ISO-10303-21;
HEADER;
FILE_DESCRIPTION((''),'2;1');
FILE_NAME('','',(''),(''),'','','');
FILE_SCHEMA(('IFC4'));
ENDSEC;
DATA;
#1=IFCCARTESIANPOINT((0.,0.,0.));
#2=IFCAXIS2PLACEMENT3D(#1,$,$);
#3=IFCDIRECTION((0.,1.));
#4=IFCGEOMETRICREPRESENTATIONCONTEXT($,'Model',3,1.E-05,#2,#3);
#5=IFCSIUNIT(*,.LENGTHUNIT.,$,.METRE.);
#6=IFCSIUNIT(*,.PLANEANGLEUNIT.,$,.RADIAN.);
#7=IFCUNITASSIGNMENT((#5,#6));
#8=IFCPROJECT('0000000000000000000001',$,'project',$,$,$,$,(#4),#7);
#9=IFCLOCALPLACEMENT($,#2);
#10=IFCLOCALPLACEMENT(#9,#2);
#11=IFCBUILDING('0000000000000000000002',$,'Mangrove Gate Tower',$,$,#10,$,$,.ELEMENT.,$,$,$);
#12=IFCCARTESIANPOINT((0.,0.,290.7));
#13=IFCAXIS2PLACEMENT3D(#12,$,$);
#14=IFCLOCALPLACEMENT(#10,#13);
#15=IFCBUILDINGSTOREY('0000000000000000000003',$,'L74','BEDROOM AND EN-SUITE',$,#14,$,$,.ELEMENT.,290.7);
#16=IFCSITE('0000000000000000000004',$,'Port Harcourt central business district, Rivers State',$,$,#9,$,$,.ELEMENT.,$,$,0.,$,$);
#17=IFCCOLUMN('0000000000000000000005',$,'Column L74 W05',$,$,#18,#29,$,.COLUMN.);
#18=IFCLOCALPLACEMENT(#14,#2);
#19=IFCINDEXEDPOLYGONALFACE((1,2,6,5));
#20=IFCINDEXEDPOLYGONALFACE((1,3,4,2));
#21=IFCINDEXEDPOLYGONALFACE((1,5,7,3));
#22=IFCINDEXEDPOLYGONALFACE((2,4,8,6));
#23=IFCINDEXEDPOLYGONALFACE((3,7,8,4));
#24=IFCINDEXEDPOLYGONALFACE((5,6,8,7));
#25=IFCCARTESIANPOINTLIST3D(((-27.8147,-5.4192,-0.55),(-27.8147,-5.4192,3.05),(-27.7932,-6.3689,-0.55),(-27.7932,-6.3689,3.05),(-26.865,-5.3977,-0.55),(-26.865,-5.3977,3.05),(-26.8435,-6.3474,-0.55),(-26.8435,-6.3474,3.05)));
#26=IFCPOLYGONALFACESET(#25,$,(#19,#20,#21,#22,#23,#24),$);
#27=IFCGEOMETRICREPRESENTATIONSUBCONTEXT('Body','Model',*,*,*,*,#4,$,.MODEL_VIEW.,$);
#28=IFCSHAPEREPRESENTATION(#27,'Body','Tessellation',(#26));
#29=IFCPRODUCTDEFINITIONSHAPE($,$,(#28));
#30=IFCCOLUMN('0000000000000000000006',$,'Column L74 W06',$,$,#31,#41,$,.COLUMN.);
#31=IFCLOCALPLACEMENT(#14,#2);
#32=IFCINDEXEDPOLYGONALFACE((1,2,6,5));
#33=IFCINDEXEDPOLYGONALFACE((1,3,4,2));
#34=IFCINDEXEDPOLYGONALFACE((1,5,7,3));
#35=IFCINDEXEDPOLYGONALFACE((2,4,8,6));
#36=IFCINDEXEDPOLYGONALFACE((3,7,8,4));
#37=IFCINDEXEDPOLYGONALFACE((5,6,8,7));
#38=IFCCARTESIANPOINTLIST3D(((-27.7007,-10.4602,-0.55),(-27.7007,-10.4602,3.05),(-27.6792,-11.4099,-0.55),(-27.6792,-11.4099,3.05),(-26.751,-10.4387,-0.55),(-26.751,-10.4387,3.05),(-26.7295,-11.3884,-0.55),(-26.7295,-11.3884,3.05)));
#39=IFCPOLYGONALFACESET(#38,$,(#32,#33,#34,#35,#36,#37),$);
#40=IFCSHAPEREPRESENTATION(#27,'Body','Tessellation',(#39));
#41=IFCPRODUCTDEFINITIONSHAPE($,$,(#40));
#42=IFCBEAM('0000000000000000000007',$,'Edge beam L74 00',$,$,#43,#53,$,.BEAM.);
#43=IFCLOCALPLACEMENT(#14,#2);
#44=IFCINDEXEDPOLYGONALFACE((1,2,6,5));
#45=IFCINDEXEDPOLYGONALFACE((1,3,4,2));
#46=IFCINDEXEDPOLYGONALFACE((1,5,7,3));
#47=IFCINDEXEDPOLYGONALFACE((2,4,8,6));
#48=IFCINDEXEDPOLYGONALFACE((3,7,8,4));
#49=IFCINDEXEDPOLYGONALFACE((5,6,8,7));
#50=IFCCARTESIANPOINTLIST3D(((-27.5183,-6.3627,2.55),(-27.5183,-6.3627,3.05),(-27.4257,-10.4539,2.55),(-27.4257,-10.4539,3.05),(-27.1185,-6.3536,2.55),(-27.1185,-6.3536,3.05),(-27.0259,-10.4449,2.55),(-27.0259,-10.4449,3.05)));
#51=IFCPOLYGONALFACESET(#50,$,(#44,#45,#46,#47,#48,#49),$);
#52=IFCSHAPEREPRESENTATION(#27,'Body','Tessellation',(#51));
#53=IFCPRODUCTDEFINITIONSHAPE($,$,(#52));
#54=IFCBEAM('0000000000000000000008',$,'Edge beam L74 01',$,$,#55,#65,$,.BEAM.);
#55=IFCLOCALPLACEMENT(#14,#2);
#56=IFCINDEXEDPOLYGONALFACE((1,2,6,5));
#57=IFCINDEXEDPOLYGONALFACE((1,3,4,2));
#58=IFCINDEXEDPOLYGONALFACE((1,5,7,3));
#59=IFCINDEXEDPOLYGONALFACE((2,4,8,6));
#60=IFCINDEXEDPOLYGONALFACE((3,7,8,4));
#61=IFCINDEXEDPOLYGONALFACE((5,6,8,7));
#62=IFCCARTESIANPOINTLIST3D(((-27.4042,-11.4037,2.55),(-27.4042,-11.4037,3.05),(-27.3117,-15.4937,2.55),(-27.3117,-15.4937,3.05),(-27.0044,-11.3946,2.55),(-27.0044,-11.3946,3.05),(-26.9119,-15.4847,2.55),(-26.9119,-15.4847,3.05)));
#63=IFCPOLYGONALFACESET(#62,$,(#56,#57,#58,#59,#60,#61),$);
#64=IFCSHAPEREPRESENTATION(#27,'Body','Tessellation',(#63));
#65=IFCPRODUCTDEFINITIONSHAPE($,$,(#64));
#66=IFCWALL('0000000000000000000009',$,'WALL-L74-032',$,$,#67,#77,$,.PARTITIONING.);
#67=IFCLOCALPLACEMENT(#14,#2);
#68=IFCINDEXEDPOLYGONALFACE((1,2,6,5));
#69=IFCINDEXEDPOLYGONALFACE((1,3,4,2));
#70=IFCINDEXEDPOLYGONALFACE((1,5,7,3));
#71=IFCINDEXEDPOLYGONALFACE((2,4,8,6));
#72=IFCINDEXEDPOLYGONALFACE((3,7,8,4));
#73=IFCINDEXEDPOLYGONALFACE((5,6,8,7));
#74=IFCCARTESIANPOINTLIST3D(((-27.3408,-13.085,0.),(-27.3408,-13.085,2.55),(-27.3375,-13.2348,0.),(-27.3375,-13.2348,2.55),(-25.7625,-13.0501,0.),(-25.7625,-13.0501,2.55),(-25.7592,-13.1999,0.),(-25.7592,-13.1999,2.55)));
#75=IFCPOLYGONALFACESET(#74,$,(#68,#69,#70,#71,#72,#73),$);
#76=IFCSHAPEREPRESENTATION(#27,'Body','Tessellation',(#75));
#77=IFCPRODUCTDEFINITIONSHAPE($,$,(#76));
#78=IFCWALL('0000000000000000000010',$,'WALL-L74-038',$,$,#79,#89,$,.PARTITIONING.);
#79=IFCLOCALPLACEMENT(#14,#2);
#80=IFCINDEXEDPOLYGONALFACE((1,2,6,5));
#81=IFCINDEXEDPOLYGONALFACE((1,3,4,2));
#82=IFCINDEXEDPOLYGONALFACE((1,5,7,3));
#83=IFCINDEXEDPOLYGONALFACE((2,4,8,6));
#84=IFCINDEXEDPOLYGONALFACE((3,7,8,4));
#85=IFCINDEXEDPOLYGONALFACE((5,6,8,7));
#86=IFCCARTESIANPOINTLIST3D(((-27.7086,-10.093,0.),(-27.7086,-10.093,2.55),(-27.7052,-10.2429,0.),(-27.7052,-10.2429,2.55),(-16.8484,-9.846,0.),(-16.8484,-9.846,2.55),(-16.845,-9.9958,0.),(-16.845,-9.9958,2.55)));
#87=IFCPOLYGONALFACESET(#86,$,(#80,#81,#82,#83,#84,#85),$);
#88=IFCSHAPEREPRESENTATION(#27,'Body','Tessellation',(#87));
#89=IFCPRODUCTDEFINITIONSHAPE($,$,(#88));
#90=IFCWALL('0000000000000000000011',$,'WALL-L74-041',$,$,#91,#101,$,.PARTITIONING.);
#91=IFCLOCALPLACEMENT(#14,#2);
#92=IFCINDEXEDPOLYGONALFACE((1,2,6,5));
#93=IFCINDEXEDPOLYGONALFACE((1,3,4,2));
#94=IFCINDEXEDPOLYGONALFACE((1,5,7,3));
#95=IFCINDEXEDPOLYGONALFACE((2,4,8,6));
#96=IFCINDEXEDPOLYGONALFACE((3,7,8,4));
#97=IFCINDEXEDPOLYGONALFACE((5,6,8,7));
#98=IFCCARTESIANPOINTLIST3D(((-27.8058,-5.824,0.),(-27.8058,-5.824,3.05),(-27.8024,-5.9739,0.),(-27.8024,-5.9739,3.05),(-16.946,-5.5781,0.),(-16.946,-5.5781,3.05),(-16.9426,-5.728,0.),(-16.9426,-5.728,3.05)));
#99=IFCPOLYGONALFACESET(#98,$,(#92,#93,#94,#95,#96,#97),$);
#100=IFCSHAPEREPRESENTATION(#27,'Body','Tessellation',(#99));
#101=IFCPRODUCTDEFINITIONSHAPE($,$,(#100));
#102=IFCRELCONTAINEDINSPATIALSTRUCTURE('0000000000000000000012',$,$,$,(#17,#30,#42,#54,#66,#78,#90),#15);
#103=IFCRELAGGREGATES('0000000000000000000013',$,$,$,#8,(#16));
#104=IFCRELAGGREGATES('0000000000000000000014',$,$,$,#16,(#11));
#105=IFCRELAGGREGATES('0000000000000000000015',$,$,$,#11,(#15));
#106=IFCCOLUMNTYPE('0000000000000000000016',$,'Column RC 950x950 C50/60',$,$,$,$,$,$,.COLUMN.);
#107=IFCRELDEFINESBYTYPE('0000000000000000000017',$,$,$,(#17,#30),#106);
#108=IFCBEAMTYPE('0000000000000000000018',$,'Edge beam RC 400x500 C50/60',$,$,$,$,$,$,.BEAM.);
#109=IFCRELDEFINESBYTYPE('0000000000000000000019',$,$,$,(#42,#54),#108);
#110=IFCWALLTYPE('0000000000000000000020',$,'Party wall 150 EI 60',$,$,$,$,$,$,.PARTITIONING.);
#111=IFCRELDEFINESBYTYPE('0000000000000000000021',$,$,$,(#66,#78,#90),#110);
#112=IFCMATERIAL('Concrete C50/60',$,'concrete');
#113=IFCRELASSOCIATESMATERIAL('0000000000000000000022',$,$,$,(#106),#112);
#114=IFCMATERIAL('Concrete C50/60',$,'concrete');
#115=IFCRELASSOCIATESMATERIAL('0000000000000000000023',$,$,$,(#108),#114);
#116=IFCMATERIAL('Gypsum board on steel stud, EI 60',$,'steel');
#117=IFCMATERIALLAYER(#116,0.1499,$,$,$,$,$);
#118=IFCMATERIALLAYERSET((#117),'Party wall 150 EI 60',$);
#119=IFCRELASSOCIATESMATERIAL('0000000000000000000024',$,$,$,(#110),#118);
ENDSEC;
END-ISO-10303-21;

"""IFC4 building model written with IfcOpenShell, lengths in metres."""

from ifc_helpers import new_model, si_unit, direction, frame, frame_2d, origin, origin_2d, place, context, subcontext, project, spatial, rectangle, extrude, material, layer, layer_set, material_profile, profile_set, type_object, element, save


model = new_model("IFC4")

# Units and contexts
model_context = context("Model", 3, precision=1e-05, world=origin(), true_north=direction((0.0, 1.0)))
body_context = subcontext(model_context, "Body", "Model", "MODEL_VIEW")
ifc_project = project(units=[si_unit("LENGTHUNIT", "METRE"), si_unit("PLANEANGLEUNIT", "RADIAN")], contexts=[model_context])

# Site, building, storey
site_placement = place(None, origin())
site = spatial("IfcSite", under=ifc_project, at=site_placement, Name="Port Harcourt central business district, Rivers State", CompositionType="ELEMENT", RefElevation=0.0)
building_placement = place(site_placement, origin())
building = spatial("IfcBuilding", under=site, at=building_placement, Name="Mangrove Gate Tower", CompositionType="ELEMENT")
storey_placement = place(building_placement, frame((0.0, 0.0, 290.7)))
storey = spatial("IfcBuildingStorey", under=building, at=storey_placement, Name="L74", Description="BEDROOM AND EN-SUITE", CompositionType="ELEMENT", Elevation=290.7)

# Columns
ifc_material_1 = material(Name="Concrete C50/60", Category="concrete")
ifc_material_profile_1 = material_profile(ifc_material_1, rectangle(XDim=0.95, YDim=0.95, at=origin_2d()))
ifc_profile_set_1 = profile_set([ifc_material_profile_1], Name="Concrete C50/60")
column_type = type_object("IfcColumnType", Name="Column RC 950x950 C50/60", PredefinedType="COLUMN", material=ifc_profile_set_1)
for number, where, z_axis, x_axis, name in (
    (1, (-27.3291, -5.8833, -0.55), (0.0, 0.0, 1.0), (0.022668, -0.999743, 0.0), "Column L74 W05"),
    (2, (-27.2151, -10.9243, -0.55), (0.0, 0.0, 1.0), (0.022611, -0.999744, 0.0), "Column L74 W06"),
):
    element("IfcColumn", number, at=place(storey_placement, frame(where, z_axis=z_axis, x_axis=x_axis)), inside=storey, type_object=column_type, Name=name, PredefinedType="COLUMN", context=body_context, shape_type="SweptSolid", body=[
        extrude(rectangle(XDim=0.95, YDim=0.95, at=origin_2d()), origin(), (0.0, 0.0, 1.0), 3.6001),
    ])

# Beams
ifc_material_2 = material(Name="Concrete C50/60", Category="concrete")
ifc_material_profile_2 = material_profile(ifc_material_2, rectangle(XDim=0.3999, YDim=0.5, at=origin_2d()))
ifc_profile_set_2 = profile_set([ifc_material_profile_2], Name="Concrete C50/60")
beam_type = type_object("IfcBeamType", Name="Edge beam RC 400x500 C50/60", PredefinedType="BEAM", material=ifc_profile_set_2)
beam_1_placement = place(storey_placement, frame((-27.3184, -6.3582, 2.8), z_axis=(0.02261, -0.999744, 0.0), x_axis=(0.999744, 0.02261, 0.0)))
element("IfcBeam", 3, at=beam_1_placement, inside=storey, type_object=beam_type, Name="Edge beam L74 00", PredefinedType="BEAM", context=body_context, shape_type="SweptSolid", body=[
    extrude(rectangle(XDim=0.3999, YDim=0.5, at=origin_2d()), origin(), (0.0, 0.0, 1.0), 4.0923),
])
beam_2_placement = place(storey_placement, frame((-27.2043, -11.3992, 2.8), z_axis=(0.022617, -0.999744, 0.0), x_axis=(0.999744, 0.022617, 0.0)))
element("IfcBeam", 4, at=beam_2_placement, inside=storey, type_object=beam_type, Name="Edge beam L74 01", PredefinedType="BEAM", context=body_context, shape_type="SweptSolid", body=[
    extrude(rectangle(XDim=0.3999, YDim=0.5, at=origin_2d()), origin(), (0.0, 0.0, 1.0), 4.0911),
])

# Walls
ifc_material_3 = material(Name="Gypsum board on steel stud, EI 60", Category="steel")
ifc_layer_1 = layer(ifc_material_3, 0.1499)
ifc_layer_set_1 = layer_set([ifc_layer_1], Name="Party wall 150 EI 60")
wall_type_1 = type_object("IfcWallType", Name="Party wall 150 EI 60", PredefinedType="PARTITIONING", material=ifc_layer_set_1)
wall_1_placement = place(storey_placement, frame((-27.3391, -13.1599, 0.0), z_axis=(0.0, 0.0, 1.0), x_axis=(0.999755, 0.022117, 0.0)))
element("IfcWall", 5, at=wall_1_placement, inside=storey, type_object=wall_type_1, Name="WALL-L74-032", PredefinedType="PARTITIONING", context=body_context, shape_type="SweptSolid", body=[
    extrude(rectangle(XDim=1.5786, YDim=0.1499, at=frame_2d((0.7893, 0.0))), origin(), (0.0, 0.0, 1.0), 2.55),
])
wall_2_placement = place(storey_placement, frame((-27.707, -10.168, 0.0), z_axis=(0.0, 0.0, 1.0), x_axis=(0.999741, 0.022744, 0.0)))
element("IfcWall", 6, at=wall_2_placement, inside=storey, type_object=wall_type_1, Name="WALL-L74-038", PredefinedType="PARTITIONING", context=body_context, shape_type="SweptSolid", body=[
    extrude(rectangle(XDim=10.863, YDim=0.1499, at=frame_2d((5.4316, 0.0))), origin(), (0.0, 0.0, 1.0), 2.55),
])
wall_3_placement = place(storey_placement, frame((-27.804, -5.8989, 0.0), z_axis=(0.0, 0.0, 1.0), x_axis=(0.999744, 0.022633, 0.0)))
element("IfcWall", 7, at=wall_3_placement, inside=storey, type_object=wall_type_1, Name="WALL-L74-041", PredefinedType="PARTITIONING", context=body_context, shape_type="SweptSolid", body=[
    extrude(rectangle(XDim=10.8625, YDim=0.1499, at=frame_2d((5.4312, 0.0))), origin(), (0.0, 0.0, 1.0), 3.05),
])

save(model, "model.ifc")
